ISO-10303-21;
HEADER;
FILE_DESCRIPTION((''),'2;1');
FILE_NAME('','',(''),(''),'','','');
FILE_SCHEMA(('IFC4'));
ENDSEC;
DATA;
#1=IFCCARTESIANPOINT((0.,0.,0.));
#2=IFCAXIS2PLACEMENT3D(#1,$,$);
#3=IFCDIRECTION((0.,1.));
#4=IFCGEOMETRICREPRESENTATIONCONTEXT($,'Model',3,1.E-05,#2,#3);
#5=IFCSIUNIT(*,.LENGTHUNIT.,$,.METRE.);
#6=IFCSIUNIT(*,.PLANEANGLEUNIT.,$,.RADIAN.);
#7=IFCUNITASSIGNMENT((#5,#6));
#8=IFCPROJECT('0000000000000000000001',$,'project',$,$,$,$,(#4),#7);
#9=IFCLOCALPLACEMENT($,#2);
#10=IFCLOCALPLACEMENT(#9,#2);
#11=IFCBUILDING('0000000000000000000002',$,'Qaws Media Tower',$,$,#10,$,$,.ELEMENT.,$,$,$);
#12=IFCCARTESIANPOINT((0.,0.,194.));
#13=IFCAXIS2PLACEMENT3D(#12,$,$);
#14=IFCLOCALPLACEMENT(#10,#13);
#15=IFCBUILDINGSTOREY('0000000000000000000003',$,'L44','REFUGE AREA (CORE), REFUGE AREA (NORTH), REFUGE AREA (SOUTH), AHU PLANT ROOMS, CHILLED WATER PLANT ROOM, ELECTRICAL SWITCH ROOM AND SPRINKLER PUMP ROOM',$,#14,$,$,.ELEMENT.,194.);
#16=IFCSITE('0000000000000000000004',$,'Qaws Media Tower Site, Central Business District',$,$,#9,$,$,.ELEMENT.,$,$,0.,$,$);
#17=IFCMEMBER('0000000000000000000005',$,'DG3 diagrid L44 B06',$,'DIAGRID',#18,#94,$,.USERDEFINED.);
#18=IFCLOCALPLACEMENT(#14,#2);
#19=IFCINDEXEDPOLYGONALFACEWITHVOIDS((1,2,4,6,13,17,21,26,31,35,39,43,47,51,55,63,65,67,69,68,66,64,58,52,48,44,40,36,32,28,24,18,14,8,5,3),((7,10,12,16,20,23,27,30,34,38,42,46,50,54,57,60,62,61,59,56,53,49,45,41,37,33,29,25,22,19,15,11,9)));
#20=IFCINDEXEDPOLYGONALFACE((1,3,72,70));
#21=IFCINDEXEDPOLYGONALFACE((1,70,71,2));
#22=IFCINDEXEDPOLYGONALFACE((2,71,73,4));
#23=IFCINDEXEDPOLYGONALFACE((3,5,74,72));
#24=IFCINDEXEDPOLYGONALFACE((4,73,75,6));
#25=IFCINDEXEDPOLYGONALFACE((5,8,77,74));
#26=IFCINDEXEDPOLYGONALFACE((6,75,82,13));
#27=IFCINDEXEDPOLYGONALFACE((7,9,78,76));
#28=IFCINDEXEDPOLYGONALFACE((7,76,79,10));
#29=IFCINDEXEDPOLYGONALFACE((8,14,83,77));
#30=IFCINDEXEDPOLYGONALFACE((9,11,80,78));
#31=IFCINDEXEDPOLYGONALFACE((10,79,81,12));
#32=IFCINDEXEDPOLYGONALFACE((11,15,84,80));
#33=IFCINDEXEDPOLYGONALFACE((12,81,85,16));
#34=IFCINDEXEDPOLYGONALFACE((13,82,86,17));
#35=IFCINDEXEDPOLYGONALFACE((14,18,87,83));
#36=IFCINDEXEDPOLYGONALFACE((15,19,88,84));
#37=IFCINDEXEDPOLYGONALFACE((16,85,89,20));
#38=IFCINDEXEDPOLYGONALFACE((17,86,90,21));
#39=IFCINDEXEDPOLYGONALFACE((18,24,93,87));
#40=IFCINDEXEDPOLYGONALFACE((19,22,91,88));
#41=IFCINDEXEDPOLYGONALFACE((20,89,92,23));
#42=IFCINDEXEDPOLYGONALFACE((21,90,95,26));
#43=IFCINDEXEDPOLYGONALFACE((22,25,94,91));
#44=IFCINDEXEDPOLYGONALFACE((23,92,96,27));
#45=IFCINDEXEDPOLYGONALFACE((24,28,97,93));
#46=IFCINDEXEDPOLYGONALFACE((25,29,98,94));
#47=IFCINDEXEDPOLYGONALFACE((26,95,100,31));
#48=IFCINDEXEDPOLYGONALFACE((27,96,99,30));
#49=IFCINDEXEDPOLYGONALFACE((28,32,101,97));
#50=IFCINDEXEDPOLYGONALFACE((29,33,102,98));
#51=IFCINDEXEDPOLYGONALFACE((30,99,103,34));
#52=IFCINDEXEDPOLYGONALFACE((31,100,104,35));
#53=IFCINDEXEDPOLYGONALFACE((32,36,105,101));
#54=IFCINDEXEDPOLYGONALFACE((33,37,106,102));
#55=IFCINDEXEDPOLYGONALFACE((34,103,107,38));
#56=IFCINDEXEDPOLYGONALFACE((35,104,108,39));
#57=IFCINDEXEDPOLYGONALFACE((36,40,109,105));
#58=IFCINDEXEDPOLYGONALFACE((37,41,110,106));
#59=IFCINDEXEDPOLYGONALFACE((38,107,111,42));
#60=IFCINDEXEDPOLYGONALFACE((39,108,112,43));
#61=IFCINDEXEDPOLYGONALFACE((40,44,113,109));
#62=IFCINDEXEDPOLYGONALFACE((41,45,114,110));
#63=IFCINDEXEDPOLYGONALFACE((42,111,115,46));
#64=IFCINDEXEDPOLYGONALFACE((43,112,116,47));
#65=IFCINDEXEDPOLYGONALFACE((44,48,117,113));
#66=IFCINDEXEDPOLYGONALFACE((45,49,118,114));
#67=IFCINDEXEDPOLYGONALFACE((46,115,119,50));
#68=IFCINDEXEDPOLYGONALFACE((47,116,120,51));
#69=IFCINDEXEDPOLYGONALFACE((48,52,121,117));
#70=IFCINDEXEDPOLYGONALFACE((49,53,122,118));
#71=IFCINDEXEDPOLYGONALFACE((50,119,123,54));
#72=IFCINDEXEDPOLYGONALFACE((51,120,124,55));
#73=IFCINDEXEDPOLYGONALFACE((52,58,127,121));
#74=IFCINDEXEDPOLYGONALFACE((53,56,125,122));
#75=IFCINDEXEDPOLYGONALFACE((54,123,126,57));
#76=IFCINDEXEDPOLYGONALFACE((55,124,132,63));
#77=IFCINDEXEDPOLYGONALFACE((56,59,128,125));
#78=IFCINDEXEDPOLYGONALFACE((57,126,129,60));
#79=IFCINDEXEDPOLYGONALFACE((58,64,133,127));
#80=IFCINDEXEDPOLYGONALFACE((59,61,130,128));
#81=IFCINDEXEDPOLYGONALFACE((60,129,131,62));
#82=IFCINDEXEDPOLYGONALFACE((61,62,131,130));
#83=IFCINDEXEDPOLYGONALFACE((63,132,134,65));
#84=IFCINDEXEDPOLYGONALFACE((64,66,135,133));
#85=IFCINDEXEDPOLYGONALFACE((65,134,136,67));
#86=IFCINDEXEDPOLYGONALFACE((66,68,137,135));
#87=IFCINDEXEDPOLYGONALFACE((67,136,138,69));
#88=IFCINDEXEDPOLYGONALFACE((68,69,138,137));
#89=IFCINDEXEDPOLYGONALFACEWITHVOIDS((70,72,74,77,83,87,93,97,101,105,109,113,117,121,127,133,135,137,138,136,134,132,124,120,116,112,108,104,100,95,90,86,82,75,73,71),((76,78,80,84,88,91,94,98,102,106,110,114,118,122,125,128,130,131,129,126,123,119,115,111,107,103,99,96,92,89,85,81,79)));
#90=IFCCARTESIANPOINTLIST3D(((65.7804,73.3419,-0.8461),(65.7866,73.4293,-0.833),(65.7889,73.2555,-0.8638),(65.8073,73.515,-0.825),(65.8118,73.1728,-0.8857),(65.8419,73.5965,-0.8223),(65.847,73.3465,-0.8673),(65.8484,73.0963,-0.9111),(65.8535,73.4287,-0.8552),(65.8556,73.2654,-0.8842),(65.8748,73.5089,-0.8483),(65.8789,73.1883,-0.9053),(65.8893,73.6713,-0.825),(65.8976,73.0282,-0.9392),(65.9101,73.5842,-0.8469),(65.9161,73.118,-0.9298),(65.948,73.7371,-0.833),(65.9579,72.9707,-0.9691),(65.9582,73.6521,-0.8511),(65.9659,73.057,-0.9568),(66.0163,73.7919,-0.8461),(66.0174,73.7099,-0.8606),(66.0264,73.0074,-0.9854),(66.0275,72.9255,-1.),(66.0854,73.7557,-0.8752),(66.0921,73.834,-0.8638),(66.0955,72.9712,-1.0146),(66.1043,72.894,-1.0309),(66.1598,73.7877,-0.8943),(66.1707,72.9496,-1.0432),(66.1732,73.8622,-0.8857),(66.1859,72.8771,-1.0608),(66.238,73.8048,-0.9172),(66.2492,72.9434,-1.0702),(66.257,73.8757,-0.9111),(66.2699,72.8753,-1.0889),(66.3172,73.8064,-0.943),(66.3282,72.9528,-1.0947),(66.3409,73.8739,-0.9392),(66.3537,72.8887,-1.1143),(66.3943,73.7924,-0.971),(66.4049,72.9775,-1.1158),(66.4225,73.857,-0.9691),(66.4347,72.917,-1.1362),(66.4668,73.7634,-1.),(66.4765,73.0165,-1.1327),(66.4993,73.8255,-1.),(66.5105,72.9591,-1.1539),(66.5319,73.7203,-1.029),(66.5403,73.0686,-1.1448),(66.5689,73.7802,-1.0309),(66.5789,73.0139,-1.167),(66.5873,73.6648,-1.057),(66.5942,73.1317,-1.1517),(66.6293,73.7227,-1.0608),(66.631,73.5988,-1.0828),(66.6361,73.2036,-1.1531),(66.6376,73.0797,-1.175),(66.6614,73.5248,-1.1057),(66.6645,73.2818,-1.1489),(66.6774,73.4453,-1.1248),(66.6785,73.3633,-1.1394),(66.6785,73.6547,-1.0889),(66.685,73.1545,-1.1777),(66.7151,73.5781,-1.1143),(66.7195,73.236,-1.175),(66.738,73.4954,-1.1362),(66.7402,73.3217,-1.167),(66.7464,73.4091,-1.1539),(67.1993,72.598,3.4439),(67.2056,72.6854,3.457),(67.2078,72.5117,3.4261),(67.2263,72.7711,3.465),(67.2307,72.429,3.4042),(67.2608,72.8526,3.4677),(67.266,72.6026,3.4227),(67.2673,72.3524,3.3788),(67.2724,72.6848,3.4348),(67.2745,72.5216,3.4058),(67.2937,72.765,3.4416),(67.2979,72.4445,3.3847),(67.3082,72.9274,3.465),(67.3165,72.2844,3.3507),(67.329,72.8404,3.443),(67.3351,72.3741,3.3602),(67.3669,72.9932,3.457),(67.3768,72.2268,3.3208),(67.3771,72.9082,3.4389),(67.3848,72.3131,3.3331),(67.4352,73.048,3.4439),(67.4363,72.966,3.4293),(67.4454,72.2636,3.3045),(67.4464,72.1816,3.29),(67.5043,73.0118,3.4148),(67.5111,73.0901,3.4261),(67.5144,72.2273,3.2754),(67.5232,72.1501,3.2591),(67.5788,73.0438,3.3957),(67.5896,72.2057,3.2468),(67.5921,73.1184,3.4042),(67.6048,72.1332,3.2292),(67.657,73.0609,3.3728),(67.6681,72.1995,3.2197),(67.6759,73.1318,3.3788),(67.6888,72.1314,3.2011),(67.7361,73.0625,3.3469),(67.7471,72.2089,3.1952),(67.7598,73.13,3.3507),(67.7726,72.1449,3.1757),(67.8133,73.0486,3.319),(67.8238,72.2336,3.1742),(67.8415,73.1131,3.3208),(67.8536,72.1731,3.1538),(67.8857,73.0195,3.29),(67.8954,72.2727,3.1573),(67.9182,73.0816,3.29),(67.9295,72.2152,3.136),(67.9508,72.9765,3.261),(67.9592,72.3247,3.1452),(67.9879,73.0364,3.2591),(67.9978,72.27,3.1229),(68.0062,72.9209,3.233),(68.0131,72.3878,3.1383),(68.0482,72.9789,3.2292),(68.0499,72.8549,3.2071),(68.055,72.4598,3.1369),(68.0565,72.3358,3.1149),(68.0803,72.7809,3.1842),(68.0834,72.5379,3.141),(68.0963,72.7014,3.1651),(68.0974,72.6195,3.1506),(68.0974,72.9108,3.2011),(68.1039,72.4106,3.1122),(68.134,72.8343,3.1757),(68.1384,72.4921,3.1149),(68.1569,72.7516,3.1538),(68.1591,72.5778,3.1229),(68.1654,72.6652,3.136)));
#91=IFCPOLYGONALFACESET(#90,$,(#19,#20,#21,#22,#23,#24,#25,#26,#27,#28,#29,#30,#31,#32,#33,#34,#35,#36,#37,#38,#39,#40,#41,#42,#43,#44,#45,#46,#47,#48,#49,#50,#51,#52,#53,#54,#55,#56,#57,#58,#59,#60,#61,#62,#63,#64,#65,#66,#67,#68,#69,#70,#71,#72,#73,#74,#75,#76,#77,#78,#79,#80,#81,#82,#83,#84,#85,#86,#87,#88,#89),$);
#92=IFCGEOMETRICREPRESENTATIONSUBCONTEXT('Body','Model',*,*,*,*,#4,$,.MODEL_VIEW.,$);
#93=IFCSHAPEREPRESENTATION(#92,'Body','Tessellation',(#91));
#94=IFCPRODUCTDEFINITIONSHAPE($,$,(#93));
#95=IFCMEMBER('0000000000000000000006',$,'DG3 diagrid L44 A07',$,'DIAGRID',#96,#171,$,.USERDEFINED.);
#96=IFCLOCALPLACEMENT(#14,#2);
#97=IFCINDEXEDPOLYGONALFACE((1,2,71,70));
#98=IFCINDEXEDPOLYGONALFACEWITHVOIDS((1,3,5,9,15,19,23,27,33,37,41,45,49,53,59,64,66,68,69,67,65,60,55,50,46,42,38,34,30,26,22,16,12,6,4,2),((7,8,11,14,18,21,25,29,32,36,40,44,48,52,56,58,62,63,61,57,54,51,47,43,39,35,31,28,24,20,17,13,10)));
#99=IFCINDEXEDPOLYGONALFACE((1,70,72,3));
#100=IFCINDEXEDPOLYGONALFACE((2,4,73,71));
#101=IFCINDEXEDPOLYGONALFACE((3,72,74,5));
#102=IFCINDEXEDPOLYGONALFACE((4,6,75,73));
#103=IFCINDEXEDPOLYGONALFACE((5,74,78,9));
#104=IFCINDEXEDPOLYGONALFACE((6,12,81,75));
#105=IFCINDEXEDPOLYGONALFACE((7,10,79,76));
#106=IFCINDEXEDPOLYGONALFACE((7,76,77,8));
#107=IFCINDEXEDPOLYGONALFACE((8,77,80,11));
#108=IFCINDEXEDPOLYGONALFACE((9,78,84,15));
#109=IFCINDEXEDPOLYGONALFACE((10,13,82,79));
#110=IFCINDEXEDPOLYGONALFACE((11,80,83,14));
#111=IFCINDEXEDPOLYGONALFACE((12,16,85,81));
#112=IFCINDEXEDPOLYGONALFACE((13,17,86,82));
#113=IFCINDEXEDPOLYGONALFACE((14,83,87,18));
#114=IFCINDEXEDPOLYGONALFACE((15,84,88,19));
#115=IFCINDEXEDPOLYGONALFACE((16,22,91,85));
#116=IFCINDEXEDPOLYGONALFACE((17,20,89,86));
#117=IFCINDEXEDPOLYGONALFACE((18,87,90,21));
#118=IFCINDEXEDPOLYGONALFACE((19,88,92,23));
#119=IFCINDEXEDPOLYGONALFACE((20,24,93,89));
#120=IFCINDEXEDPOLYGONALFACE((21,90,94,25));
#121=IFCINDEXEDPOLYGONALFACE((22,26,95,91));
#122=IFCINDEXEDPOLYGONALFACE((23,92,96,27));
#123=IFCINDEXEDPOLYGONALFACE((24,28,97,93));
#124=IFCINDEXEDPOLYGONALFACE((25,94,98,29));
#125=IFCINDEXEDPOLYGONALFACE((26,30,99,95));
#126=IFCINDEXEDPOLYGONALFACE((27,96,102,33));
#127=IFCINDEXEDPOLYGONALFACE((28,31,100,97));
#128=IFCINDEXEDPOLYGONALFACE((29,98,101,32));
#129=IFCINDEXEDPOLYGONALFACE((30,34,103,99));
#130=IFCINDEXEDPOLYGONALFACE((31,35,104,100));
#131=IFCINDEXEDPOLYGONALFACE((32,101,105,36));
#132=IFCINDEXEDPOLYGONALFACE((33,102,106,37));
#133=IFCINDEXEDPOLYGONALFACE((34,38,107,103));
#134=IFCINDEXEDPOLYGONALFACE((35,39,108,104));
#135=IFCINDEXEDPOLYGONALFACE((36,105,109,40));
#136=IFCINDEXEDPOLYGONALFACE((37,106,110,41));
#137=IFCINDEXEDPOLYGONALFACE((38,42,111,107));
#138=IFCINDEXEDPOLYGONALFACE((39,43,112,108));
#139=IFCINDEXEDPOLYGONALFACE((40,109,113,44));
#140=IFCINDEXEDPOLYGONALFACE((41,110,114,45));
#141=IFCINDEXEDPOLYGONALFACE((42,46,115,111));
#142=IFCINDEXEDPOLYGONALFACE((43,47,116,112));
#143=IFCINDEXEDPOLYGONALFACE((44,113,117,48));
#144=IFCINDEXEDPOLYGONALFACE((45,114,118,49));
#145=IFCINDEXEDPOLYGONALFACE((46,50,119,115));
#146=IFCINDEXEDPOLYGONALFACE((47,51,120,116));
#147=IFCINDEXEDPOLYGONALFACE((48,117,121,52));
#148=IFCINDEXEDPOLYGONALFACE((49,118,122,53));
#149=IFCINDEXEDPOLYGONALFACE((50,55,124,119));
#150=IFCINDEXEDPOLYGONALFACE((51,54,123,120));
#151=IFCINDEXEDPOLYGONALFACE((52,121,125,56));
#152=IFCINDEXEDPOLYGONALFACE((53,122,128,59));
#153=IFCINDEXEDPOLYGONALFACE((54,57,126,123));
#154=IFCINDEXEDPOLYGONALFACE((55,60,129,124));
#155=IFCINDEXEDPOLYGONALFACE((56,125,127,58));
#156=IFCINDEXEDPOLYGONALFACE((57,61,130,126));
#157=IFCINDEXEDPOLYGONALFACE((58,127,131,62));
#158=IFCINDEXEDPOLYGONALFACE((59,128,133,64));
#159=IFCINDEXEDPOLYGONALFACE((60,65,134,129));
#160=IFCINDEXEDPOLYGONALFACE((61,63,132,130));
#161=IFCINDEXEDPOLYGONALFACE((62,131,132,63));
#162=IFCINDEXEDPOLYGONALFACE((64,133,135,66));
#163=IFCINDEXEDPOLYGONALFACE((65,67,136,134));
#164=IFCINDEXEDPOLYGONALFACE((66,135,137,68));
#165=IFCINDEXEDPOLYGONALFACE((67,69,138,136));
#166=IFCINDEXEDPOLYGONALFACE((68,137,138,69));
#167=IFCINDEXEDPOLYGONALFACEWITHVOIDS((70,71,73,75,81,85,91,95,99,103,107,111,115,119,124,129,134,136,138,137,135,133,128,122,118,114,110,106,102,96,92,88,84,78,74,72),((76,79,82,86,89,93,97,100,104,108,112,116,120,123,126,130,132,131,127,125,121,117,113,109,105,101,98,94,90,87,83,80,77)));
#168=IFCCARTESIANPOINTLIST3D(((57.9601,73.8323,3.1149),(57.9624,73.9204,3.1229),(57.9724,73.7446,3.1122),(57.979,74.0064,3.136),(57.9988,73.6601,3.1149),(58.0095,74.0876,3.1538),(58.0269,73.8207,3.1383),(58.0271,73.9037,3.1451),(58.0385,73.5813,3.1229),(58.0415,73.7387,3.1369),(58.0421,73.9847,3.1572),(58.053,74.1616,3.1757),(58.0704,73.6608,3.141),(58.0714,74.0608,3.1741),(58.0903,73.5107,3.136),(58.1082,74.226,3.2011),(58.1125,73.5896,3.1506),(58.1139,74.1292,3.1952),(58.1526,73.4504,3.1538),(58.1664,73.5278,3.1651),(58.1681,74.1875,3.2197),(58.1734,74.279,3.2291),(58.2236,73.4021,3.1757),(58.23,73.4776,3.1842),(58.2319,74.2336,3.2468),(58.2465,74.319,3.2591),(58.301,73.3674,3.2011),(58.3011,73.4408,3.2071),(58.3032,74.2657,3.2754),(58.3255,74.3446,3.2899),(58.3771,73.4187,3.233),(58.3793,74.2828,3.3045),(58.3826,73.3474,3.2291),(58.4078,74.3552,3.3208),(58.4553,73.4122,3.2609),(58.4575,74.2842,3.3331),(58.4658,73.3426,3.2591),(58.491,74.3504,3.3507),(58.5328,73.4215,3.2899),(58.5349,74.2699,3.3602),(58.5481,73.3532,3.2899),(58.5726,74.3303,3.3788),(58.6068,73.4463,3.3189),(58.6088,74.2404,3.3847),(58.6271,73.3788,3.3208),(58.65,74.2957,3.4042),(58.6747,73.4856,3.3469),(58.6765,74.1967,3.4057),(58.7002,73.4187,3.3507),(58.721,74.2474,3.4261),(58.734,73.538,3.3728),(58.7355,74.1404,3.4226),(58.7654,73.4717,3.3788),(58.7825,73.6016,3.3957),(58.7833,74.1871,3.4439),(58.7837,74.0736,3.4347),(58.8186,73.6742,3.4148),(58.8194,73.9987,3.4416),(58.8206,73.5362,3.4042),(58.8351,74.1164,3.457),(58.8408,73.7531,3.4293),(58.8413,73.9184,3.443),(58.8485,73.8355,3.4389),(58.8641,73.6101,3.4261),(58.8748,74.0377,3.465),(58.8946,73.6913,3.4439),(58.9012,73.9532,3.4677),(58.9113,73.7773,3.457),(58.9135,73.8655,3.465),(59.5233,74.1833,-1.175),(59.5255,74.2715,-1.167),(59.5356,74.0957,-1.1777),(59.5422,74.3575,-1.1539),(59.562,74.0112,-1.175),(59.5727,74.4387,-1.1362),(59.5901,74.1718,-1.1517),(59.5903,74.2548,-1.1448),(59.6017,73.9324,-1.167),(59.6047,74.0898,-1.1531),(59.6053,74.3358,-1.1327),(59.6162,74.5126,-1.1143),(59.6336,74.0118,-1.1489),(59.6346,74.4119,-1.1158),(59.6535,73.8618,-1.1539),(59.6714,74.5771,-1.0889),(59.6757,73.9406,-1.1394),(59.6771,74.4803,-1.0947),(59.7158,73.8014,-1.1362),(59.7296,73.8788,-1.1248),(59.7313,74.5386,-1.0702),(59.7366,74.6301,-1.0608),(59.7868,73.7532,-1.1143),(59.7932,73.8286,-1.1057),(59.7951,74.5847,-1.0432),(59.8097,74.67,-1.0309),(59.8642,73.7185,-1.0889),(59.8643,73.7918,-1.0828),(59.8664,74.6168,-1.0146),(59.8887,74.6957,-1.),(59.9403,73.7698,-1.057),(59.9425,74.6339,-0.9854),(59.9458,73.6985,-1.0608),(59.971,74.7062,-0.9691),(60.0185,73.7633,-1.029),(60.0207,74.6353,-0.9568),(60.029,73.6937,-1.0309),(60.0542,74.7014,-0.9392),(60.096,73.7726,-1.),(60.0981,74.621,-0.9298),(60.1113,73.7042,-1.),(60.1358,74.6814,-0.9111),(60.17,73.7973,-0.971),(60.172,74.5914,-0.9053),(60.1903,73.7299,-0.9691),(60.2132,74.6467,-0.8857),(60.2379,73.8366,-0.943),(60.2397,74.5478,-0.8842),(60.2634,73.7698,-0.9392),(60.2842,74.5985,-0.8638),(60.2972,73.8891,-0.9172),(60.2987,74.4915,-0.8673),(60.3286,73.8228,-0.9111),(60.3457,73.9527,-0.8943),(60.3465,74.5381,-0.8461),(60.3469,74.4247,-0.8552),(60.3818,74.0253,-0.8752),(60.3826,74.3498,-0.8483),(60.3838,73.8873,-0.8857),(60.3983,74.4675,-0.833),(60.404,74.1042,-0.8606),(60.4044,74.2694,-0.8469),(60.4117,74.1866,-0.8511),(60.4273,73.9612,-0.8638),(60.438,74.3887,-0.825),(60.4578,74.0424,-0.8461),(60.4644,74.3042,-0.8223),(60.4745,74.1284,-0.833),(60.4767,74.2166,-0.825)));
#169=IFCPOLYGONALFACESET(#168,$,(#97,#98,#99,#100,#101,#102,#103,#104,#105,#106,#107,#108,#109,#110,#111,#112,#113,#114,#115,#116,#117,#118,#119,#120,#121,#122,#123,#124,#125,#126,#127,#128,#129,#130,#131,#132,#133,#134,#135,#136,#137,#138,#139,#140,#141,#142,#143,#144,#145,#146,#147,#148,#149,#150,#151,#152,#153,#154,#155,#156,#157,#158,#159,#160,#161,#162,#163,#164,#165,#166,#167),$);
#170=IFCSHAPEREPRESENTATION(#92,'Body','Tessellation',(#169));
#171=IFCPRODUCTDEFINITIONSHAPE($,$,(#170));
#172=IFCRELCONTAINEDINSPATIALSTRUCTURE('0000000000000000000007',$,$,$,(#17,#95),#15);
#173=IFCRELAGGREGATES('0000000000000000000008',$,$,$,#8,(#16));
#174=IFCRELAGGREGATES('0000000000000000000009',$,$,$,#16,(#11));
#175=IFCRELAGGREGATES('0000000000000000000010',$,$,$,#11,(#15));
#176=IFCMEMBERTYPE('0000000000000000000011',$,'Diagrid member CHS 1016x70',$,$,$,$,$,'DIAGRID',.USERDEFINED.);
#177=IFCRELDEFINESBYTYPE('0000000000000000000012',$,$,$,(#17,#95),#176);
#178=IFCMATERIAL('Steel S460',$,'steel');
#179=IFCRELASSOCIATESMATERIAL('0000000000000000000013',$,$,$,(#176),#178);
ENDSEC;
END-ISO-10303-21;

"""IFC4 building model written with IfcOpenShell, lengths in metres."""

from ifc_helpers import new_model, si_unit, direction, frame, origin, origin_2d, place, context, subcontext, project, spatial, hollow_circle, extrude, material, material_profile, profile_set, type_object, element, save


model = new_model("IFC4")

# Units and contexts
model_context = context("Model", 3, precision=1e-05, world=origin(), true_north=direction((0.0, 1.0)))
body_context = subcontext(model_context, "Body", "Model", "MODEL_VIEW")
ifc_project = project(units=[si_unit("LENGTHUNIT", "METRE"), si_unit("PLANEANGLEUNIT", "RADIAN")], contexts=[model_context])

# Site, building, storey
site_placement = place(None, origin())
site = spatial("IfcSite", under=ifc_project, at=site_placement, Name="Qaws Media Tower Site, Central Business District", CompositionType="ELEMENT", RefElevation=0.0)
building_placement = place(site_placement, origin())
building = spatial("IfcBuilding", under=site, at=building_placement, Name="Qaws Media Tower", CompositionType="ELEMENT")
storey_placement = place(building_placement, frame((0.0, 0.0, 194.0)))
storey = spatial("IfcBuildingStorey", under=building, at=storey_placement, Name="L44", Description="REFUGE AREA (CORE), REFUGE AREA (NORTH), REFUGE AREA (SOUTH), AHU PLANT ROOMS, CHILLED WATER PLANT ROOM, ELECTRICAL SWITCH ROOM AND SPRINKLER PUMP ROOM", CompositionType="ELEMENT", Elevation=194.0)

# Members
ifc_material_1 = material(Name="Steel S460", Category="steel")
ifc_material_profile_1 = material_profile(ifc_material_1, hollow_circle(Radius=0.5081, WallThickness=0.0701, at=origin_2d()), Name="CHS 1016x70")
ifc_profile_set_1 = profile_set([ifc_material_profile_1], Name="Steel S460")
member_type_1 = type_object("IfcMemberType", Name="Diagrid member CHS 1016x70", ElementType="DIAGRID", PredefinedType="USERDEFINED", material=ifc_profile_set_1)
for number, where, z_axis, x_axis, name in (
    (1, (66.2634, 73.3755, -1.0), (0.309852, -0.162443, 0.936805), (0.46432, 0.885667, 0.0), "DG3 diagrid L44 B06"),
    (2, (60.0, 74.2, -1.0), (-0.341358, -0.076663, 0.936802), (0.219124, -0.975697, 0.0), "DG3 diagrid L44 A07"),
):
    element("IfcMember", number, at=place(storey_placement, frame(where, z_axis=z_axis, x_axis=x_axis)), inside=storey, type_object=member_type_1, Name=name, ObjectType="DIAGRID", PredefinedType="USERDEFINED", context=body_context, shape_type="SweptSolid", body=[
        extrude(hollow_circle(Radius=0.5081, WallThickness=0.0701, at=origin_2d()), origin(), (0.0, 0.0, 1.0), 4.5793),
    ])

save(model, "model.ifc")
